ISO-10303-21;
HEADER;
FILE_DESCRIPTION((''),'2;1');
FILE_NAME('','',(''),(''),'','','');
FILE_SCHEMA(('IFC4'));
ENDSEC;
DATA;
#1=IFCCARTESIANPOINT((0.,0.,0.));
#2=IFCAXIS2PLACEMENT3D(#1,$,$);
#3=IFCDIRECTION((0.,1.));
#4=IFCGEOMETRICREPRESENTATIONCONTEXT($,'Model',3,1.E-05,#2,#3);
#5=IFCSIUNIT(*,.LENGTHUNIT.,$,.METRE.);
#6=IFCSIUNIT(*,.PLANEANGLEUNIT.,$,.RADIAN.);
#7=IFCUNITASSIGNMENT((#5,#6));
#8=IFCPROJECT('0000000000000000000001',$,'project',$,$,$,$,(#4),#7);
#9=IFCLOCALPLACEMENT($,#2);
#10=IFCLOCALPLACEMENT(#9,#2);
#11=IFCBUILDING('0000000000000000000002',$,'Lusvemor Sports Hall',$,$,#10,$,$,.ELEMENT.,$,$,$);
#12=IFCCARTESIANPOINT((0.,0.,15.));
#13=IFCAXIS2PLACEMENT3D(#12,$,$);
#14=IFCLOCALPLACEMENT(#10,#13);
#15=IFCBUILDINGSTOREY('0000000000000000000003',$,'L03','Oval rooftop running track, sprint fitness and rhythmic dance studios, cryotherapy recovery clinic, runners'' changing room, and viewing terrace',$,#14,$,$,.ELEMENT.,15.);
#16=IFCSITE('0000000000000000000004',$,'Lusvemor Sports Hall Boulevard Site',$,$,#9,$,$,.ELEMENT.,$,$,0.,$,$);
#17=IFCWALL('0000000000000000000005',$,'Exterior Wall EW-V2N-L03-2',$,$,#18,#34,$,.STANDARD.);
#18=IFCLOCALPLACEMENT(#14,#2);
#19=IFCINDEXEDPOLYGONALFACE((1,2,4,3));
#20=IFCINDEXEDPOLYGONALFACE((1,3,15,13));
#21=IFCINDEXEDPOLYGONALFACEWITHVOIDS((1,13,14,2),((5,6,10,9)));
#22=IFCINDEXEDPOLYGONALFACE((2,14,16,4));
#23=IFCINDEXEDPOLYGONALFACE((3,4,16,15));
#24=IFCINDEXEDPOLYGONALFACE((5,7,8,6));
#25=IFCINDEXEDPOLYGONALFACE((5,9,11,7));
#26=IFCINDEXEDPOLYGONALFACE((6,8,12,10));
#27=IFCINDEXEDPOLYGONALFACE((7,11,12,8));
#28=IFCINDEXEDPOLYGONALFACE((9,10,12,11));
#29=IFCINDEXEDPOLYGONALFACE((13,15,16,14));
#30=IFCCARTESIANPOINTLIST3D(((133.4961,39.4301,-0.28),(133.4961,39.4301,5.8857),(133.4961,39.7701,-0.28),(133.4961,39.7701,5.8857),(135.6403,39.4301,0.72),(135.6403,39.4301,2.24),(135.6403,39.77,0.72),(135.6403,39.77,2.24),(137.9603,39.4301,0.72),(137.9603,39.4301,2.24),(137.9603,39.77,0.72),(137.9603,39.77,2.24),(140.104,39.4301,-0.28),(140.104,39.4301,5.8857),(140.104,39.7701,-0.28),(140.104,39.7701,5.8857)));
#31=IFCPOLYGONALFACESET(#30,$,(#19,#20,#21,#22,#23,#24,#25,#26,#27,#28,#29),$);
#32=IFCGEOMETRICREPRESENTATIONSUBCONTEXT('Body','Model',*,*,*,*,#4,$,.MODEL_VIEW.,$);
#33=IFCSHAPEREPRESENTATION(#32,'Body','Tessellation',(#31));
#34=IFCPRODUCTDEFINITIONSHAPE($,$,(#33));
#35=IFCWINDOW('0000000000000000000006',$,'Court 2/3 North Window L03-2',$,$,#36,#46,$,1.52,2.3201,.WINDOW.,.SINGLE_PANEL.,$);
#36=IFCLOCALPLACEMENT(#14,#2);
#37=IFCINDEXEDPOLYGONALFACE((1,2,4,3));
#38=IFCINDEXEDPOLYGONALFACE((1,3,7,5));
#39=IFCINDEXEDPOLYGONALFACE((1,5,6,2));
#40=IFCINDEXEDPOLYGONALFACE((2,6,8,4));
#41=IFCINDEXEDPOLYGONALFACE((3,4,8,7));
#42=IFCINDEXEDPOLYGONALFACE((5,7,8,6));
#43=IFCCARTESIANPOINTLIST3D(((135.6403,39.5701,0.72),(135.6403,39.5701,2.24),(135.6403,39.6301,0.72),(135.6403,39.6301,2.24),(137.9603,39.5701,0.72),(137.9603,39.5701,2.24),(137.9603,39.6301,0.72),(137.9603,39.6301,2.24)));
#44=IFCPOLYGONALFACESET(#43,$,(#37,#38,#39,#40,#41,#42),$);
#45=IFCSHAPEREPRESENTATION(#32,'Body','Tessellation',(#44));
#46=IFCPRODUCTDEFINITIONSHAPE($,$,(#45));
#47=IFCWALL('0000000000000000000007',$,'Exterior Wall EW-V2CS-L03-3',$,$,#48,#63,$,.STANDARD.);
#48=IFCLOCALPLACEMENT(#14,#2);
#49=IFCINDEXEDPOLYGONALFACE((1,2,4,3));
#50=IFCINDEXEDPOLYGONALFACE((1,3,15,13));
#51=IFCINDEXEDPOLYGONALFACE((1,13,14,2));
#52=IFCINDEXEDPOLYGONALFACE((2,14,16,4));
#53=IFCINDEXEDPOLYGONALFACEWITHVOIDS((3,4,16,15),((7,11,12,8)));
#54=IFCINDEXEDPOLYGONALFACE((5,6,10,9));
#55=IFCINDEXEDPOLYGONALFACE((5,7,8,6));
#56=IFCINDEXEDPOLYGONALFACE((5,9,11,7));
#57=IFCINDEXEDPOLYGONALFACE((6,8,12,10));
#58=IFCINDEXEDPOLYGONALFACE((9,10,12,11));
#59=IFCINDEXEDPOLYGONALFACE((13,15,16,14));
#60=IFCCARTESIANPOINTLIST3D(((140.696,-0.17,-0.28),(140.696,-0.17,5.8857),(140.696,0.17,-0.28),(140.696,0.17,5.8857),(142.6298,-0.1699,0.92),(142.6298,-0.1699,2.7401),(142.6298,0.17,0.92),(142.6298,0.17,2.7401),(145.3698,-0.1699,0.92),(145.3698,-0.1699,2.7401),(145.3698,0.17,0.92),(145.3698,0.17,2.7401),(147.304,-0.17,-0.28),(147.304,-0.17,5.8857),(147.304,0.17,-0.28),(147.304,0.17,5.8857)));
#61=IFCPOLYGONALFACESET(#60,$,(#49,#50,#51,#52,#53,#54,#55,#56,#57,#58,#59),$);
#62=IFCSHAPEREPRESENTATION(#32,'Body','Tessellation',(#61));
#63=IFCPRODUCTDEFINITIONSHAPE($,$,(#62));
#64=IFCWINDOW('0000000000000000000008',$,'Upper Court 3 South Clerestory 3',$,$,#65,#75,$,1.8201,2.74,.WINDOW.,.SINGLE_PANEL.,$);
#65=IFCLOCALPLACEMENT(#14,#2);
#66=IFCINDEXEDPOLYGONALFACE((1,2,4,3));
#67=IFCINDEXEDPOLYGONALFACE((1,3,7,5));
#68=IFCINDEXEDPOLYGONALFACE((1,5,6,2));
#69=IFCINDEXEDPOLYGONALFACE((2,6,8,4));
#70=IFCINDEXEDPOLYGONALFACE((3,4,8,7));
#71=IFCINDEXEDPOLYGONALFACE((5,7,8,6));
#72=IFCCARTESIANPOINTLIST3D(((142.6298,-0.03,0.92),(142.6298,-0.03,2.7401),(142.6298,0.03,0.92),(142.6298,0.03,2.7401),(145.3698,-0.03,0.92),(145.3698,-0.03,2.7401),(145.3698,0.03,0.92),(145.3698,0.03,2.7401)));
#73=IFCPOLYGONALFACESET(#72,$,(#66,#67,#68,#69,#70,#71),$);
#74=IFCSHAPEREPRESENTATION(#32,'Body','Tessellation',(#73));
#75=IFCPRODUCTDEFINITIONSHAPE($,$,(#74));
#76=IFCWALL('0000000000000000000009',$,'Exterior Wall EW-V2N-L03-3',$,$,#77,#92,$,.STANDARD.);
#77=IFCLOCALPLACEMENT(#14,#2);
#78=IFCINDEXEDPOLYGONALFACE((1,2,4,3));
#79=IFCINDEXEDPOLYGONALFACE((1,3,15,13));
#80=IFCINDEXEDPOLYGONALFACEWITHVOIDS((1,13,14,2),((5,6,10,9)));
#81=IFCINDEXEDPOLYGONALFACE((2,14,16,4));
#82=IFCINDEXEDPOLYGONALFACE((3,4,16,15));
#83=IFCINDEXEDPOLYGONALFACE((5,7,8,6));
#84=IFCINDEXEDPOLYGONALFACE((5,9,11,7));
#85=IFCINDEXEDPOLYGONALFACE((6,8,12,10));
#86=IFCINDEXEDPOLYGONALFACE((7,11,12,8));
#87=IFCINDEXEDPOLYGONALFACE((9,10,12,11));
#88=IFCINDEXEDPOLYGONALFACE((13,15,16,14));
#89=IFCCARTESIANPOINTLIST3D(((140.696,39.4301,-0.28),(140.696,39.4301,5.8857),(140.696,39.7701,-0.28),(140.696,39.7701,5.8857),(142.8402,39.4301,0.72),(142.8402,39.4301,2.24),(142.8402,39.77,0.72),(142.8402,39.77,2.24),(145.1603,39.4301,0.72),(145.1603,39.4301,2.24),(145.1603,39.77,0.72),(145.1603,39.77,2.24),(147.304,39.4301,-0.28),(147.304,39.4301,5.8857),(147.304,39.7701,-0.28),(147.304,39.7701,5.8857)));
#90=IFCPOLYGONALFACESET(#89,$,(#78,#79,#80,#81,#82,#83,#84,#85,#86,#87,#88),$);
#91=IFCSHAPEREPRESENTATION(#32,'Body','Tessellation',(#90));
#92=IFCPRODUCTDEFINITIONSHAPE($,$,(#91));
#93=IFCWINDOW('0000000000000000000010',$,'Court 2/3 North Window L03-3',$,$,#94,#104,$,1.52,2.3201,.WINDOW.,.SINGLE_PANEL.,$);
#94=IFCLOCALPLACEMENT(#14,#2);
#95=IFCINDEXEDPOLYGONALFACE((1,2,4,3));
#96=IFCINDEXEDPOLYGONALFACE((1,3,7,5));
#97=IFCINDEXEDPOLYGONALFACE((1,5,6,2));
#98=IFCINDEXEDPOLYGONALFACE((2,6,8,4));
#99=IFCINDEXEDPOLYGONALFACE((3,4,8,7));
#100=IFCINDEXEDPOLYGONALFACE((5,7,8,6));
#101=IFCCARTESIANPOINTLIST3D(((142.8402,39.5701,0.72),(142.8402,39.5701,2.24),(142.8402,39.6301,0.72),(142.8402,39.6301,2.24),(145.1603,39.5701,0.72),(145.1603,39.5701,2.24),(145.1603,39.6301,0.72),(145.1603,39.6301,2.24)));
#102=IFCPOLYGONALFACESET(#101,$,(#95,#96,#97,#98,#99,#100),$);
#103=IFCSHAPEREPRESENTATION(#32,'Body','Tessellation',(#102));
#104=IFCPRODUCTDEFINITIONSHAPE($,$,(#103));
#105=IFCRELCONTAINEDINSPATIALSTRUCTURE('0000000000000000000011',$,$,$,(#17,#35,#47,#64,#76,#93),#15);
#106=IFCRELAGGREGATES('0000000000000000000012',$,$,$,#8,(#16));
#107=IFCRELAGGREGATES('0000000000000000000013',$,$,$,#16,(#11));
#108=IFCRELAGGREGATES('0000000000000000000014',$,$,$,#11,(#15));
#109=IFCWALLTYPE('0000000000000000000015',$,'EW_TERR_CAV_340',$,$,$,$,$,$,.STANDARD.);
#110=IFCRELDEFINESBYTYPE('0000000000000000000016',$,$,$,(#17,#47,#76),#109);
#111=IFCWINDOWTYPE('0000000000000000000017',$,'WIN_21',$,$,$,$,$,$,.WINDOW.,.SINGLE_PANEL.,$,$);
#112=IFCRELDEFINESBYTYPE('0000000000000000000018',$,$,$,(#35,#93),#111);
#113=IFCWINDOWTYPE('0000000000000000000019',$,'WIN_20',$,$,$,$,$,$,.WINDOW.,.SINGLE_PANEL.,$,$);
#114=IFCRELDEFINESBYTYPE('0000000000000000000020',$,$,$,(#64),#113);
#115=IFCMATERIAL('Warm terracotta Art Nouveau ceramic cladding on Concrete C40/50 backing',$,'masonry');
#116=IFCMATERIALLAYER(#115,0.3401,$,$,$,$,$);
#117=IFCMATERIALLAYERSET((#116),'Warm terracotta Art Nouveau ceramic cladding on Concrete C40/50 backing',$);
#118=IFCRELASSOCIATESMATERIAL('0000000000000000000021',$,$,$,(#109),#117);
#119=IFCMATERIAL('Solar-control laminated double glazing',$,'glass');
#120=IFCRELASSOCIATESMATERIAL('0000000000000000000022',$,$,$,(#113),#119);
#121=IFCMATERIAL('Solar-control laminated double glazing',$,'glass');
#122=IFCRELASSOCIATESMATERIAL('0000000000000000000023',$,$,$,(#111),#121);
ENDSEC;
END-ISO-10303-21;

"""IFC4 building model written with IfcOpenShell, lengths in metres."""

from ifc_helpers import new_model, si_unit, direction, frame, frame_2d, origin, place, context, subcontext, project, spatial, rectangle, extrude, material, layer, layer_set, type_object, element, fill, save


model = new_model("IFC4")

# Units and contexts
model_context = context("Model", 3, precision=1e-05, world=origin(), true_north=direction((0.0, 1.0)))
body_context = subcontext(model_context, "Body", "Model", "MODEL_VIEW")
ifc_project = project(units=[si_unit("LENGTHUNIT", "METRE"), si_unit("PLANEANGLEUNIT", "RADIAN")], contexts=[model_context])

# Site, building, storey
site_placement = place(None, origin())
site = spatial("IfcSite", under=ifc_project, at=site_placement, Name="Lusvemor Sports Hall Boulevard Site", CompositionType="ELEMENT", RefElevation=0.0)
building_placement = place(site_placement, origin())
building = spatial("IfcBuilding", under=site, at=building_placement, Name="Lusvemor Sports Hall", CompositionType="ELEMENT")
storey_placement = place(building_placement, frame((0.0, 0.0, 15.0)))
storey = spatial("IfcBuildingStorey", under=building, at=storey_placement, Name="L03", Description="Oval rooftop running track, sprint fitness and rhythmic dance studios, cryotherapy recovery clinic, runners' changing room, and viewing terrace", CompositionType="ELEMENT", Elevation=15.0)

# Walls, openings, windows
ifc_material_1 = material(Name="Warm terracotta Art Nouveau ceramic cladding on Concrete C40/50 backing", Category="masonry")
ifc_layer_1 = layer(ifc_material_1, 0.3401)
ifc_layer_set_1 = layer_set([ifc_layer_1], Name="Warm terracotta Art Nouveau ceramic cladding on Concrete C40/50 backing")
wall_type = type_object("IfcWallType", Name="EW_TERR_CAV_340", PredefinedType="STANDARD", material=ifc_layer_set_1)
ifc_material_2 = material(Name="Solar-control laminated double glazing", Category="glass")
window_type_1 = type_object("IfcWindowType", Name="WIN_20", PartitioningType="SINGLE_PANEL", PredefinedType="WINDOW", material=ifc_material_2)
ifc_material_3 = material(Name="Solar-control laminated double glazing", Category="glass")
window_type_2 = type_object("IfcWindowType", Name="WIN_21", PartitioningType="SINGLE_PANEL", PredefinedType="WINDOW", material=ifc_material_3)
wall_1_placement = place(storey_placement, frame((133.4961, 39.6001, -0.28), z_axis=(0.0, 0.0, 1.0), x_axis=(1.0, 0.0, 0.0)))
wall_1 = element("IfcWall", 1, at=wall_1_placement, inside=storey, type_object=wall_type, Name="Exterior Wall EW-V2N-L03-2", PredefinedType="STANDARD", context=body_context, shape_type="SweptSolid", body=[
    extrude(rectangle(XDim=6.6079, YDim=0.3401, at=frame_2d((3.304, 0.0))), origin(), (0.0, 0.0, 1.0), 6.1658),
])
opening_1_placement = place(wall_1_placement, frame((2.144, 0.0, 1.0)))
opening_1 = element("IfcOpeningElement", 2, at=opening_1_placement, cuts=wall_1, PredefinedType="OPENING", context=body_context, shape_type="SweptSolid", body=[
    extrude(rectangle(XDim=2.3201, YDim=1.52, at=frame_2d((1.1602, 0.76))), frame((0.0, 0.1699, 0.0), z_axis=(0.0, -1.0, 0.0), x_axis=(1.0, 0.0, 0.0)), (0.0, 0.0, 1.0), 0.3401),
])
window_1_placement = place(opening_1_placement, origin())
window_1 = element("IfcWindow", 3, at=window_1_placement, inside=storey, type_object=window_type_2, Name="Court 2/3 North Window L03-2", OverallHeight=1.52, OverallWidth=2.3201, PartitioningType="SINGLE_PANEL", PredefinedType="WINDOW", context=body_context, shape_type="SweptSolid", body=[
    extrude(rectangle(XDim=2.3201, YDim=1.52, at=frame_2d((1.1602, 0.76))), frame((0.0, 0.03, 0.0), z_axis=(0.0, -1.0, 0.0), x_axis=(1.0, 0.0, 0.0)), (0.0, 0.0, 1.0), 0.0601),
])
fill(opening_1, window_1)
wall_2_placement = place(storey_placement, frame((147.304, 0.0, -0.28), z_axis=(0.0, 0.0, 1.0), x_axis=(-1.0, 0.0, 0.0)))
wall_2 = element("IfcWall", 4, at=wall_2_placement, inside=storey, type_object=wall_type, Name="Exterior Wall EW-V2CS-L03-3", PredefinedType="STANDARD", context=body_context, shape_type="SweptSolid", body=[
    extrude(rectangle(XDim=6.6079, YDim=0.3401, at=frame_2d((3.304, 0.0))), origin(), (0.0, 0.0, 1.0), 6.1658),
])
opening_2_placement = place(wall_2_placement, frame((1.9341, 0.0, 1.2)))
opening_2 = element("IfcOpeningElement", 5, at=opening_2_placement, cuts=wall_2, PredefinedType="OPENING", context=body_context, shape_type="SweptSolid", body=[
    extrude(rectangle(XDim=2.74, YDim=1.8201, at=frame_2d((1.3701, 0.9102))), frame((0.0, 0.1699, 0.0), z_axis=(0.0, -1.0, 0.0), x_axis=(1.0, 0.0, 0.0)), (0.0, 0.0, 1.0), 0.3401),
])
window_2_placement = place(opening_2_placement, origin())
window_2 = element("IfcWindow", 6, at=window_2_placement, inside=storey, type_object=window_type_1, Name="Upper Court 3 South Clerestory 3", OverallHeight=1.8201, OverallWidth=2.74, PartitioningType="SINGLE_PANEL", PredefinedType="WINDOW", context=body_context, shape_type="SweptSolid", body=[
    extrude(rectangle(XDim=2.74, YDim=1.8201, at=frame_2d((1.3701, 0.9102))), frame((0.0, 0.03, 0.0), z_axis=(0.0, -1.0, 0.0), x_axis=(1.0, 0.0, 0.0)), (0.0, 0.0, 1.0), 0.0601),
])
fill(opening_2, window_2)
wall_3_placement = place(storey_placement, frame((140.696, 39.6001, -0.28), z_axis=(0.0, 0.0, 1.0), x_axis=(1.0, 0.0, 0.0)))
wall_3 = element("IfcWall", 7, at=wall_3_placement, inside=storey, type_object=wall_type, Name="Exterior Wall EW-V2N-L03-3", PredefinedType="STANDARD", context=body_context, shape_type="SweptSolid", body=[
    extrude(rectangle(XDim=6.6079, YDim=0.3401, at=frame_2d((3.304, 0.0))), origin(), (0.0, 0.0, 1.0), 6.1658),
])
opening_3_placement = place(wall_3_placement, frame((2.144, 0.0, 1.0)))
opening_3 = element("IfcOpeningElement", 8, at=opening_3_placement, cuts=wall_3, PredefinedType="OPENING", context=body_context, shape_type="SweptSolid", body=[
    extrude(rectangle(XDim=2.3201, YDim=1.52, at=frame_2d((1.1602, 0.76))), frame((0.0, 0.1699, 0.0), z_axis=(0.0, -1.0, 0.0), x_axis=(1.0, 0.0, 0.0)), (0.0, 0.0, 1.0), 0.3401),
])
window_3_placement = place(opening_3_placement, origin())
window_3 = element("IfcWindow", 9, at=window_3_placement, inside=storey, type_object=window_type_2, Name="Court 2/3 North Window L03-3", OverallHeight=1.52, OverallWidth=2.3201, PartitioningType="SINGLE_PANEL", PredefinedType="WINDOW", context=body_context, shape_type="SweptSolid", body=[
    extrude(rectangle(XDim=2.3201, YDim=1.52, at=frame_2d((1.1602, 0.76))), frame((0.0, 0.03, 0.0), z_axis=(0.0, -1.0, 0.0), x_axis=(1.0, 0.0, 0.0)), (0.0, 0.0, 1.0), 0.0601),
])
fill(opening_3, window_3)

save(model, "model.ifc")
